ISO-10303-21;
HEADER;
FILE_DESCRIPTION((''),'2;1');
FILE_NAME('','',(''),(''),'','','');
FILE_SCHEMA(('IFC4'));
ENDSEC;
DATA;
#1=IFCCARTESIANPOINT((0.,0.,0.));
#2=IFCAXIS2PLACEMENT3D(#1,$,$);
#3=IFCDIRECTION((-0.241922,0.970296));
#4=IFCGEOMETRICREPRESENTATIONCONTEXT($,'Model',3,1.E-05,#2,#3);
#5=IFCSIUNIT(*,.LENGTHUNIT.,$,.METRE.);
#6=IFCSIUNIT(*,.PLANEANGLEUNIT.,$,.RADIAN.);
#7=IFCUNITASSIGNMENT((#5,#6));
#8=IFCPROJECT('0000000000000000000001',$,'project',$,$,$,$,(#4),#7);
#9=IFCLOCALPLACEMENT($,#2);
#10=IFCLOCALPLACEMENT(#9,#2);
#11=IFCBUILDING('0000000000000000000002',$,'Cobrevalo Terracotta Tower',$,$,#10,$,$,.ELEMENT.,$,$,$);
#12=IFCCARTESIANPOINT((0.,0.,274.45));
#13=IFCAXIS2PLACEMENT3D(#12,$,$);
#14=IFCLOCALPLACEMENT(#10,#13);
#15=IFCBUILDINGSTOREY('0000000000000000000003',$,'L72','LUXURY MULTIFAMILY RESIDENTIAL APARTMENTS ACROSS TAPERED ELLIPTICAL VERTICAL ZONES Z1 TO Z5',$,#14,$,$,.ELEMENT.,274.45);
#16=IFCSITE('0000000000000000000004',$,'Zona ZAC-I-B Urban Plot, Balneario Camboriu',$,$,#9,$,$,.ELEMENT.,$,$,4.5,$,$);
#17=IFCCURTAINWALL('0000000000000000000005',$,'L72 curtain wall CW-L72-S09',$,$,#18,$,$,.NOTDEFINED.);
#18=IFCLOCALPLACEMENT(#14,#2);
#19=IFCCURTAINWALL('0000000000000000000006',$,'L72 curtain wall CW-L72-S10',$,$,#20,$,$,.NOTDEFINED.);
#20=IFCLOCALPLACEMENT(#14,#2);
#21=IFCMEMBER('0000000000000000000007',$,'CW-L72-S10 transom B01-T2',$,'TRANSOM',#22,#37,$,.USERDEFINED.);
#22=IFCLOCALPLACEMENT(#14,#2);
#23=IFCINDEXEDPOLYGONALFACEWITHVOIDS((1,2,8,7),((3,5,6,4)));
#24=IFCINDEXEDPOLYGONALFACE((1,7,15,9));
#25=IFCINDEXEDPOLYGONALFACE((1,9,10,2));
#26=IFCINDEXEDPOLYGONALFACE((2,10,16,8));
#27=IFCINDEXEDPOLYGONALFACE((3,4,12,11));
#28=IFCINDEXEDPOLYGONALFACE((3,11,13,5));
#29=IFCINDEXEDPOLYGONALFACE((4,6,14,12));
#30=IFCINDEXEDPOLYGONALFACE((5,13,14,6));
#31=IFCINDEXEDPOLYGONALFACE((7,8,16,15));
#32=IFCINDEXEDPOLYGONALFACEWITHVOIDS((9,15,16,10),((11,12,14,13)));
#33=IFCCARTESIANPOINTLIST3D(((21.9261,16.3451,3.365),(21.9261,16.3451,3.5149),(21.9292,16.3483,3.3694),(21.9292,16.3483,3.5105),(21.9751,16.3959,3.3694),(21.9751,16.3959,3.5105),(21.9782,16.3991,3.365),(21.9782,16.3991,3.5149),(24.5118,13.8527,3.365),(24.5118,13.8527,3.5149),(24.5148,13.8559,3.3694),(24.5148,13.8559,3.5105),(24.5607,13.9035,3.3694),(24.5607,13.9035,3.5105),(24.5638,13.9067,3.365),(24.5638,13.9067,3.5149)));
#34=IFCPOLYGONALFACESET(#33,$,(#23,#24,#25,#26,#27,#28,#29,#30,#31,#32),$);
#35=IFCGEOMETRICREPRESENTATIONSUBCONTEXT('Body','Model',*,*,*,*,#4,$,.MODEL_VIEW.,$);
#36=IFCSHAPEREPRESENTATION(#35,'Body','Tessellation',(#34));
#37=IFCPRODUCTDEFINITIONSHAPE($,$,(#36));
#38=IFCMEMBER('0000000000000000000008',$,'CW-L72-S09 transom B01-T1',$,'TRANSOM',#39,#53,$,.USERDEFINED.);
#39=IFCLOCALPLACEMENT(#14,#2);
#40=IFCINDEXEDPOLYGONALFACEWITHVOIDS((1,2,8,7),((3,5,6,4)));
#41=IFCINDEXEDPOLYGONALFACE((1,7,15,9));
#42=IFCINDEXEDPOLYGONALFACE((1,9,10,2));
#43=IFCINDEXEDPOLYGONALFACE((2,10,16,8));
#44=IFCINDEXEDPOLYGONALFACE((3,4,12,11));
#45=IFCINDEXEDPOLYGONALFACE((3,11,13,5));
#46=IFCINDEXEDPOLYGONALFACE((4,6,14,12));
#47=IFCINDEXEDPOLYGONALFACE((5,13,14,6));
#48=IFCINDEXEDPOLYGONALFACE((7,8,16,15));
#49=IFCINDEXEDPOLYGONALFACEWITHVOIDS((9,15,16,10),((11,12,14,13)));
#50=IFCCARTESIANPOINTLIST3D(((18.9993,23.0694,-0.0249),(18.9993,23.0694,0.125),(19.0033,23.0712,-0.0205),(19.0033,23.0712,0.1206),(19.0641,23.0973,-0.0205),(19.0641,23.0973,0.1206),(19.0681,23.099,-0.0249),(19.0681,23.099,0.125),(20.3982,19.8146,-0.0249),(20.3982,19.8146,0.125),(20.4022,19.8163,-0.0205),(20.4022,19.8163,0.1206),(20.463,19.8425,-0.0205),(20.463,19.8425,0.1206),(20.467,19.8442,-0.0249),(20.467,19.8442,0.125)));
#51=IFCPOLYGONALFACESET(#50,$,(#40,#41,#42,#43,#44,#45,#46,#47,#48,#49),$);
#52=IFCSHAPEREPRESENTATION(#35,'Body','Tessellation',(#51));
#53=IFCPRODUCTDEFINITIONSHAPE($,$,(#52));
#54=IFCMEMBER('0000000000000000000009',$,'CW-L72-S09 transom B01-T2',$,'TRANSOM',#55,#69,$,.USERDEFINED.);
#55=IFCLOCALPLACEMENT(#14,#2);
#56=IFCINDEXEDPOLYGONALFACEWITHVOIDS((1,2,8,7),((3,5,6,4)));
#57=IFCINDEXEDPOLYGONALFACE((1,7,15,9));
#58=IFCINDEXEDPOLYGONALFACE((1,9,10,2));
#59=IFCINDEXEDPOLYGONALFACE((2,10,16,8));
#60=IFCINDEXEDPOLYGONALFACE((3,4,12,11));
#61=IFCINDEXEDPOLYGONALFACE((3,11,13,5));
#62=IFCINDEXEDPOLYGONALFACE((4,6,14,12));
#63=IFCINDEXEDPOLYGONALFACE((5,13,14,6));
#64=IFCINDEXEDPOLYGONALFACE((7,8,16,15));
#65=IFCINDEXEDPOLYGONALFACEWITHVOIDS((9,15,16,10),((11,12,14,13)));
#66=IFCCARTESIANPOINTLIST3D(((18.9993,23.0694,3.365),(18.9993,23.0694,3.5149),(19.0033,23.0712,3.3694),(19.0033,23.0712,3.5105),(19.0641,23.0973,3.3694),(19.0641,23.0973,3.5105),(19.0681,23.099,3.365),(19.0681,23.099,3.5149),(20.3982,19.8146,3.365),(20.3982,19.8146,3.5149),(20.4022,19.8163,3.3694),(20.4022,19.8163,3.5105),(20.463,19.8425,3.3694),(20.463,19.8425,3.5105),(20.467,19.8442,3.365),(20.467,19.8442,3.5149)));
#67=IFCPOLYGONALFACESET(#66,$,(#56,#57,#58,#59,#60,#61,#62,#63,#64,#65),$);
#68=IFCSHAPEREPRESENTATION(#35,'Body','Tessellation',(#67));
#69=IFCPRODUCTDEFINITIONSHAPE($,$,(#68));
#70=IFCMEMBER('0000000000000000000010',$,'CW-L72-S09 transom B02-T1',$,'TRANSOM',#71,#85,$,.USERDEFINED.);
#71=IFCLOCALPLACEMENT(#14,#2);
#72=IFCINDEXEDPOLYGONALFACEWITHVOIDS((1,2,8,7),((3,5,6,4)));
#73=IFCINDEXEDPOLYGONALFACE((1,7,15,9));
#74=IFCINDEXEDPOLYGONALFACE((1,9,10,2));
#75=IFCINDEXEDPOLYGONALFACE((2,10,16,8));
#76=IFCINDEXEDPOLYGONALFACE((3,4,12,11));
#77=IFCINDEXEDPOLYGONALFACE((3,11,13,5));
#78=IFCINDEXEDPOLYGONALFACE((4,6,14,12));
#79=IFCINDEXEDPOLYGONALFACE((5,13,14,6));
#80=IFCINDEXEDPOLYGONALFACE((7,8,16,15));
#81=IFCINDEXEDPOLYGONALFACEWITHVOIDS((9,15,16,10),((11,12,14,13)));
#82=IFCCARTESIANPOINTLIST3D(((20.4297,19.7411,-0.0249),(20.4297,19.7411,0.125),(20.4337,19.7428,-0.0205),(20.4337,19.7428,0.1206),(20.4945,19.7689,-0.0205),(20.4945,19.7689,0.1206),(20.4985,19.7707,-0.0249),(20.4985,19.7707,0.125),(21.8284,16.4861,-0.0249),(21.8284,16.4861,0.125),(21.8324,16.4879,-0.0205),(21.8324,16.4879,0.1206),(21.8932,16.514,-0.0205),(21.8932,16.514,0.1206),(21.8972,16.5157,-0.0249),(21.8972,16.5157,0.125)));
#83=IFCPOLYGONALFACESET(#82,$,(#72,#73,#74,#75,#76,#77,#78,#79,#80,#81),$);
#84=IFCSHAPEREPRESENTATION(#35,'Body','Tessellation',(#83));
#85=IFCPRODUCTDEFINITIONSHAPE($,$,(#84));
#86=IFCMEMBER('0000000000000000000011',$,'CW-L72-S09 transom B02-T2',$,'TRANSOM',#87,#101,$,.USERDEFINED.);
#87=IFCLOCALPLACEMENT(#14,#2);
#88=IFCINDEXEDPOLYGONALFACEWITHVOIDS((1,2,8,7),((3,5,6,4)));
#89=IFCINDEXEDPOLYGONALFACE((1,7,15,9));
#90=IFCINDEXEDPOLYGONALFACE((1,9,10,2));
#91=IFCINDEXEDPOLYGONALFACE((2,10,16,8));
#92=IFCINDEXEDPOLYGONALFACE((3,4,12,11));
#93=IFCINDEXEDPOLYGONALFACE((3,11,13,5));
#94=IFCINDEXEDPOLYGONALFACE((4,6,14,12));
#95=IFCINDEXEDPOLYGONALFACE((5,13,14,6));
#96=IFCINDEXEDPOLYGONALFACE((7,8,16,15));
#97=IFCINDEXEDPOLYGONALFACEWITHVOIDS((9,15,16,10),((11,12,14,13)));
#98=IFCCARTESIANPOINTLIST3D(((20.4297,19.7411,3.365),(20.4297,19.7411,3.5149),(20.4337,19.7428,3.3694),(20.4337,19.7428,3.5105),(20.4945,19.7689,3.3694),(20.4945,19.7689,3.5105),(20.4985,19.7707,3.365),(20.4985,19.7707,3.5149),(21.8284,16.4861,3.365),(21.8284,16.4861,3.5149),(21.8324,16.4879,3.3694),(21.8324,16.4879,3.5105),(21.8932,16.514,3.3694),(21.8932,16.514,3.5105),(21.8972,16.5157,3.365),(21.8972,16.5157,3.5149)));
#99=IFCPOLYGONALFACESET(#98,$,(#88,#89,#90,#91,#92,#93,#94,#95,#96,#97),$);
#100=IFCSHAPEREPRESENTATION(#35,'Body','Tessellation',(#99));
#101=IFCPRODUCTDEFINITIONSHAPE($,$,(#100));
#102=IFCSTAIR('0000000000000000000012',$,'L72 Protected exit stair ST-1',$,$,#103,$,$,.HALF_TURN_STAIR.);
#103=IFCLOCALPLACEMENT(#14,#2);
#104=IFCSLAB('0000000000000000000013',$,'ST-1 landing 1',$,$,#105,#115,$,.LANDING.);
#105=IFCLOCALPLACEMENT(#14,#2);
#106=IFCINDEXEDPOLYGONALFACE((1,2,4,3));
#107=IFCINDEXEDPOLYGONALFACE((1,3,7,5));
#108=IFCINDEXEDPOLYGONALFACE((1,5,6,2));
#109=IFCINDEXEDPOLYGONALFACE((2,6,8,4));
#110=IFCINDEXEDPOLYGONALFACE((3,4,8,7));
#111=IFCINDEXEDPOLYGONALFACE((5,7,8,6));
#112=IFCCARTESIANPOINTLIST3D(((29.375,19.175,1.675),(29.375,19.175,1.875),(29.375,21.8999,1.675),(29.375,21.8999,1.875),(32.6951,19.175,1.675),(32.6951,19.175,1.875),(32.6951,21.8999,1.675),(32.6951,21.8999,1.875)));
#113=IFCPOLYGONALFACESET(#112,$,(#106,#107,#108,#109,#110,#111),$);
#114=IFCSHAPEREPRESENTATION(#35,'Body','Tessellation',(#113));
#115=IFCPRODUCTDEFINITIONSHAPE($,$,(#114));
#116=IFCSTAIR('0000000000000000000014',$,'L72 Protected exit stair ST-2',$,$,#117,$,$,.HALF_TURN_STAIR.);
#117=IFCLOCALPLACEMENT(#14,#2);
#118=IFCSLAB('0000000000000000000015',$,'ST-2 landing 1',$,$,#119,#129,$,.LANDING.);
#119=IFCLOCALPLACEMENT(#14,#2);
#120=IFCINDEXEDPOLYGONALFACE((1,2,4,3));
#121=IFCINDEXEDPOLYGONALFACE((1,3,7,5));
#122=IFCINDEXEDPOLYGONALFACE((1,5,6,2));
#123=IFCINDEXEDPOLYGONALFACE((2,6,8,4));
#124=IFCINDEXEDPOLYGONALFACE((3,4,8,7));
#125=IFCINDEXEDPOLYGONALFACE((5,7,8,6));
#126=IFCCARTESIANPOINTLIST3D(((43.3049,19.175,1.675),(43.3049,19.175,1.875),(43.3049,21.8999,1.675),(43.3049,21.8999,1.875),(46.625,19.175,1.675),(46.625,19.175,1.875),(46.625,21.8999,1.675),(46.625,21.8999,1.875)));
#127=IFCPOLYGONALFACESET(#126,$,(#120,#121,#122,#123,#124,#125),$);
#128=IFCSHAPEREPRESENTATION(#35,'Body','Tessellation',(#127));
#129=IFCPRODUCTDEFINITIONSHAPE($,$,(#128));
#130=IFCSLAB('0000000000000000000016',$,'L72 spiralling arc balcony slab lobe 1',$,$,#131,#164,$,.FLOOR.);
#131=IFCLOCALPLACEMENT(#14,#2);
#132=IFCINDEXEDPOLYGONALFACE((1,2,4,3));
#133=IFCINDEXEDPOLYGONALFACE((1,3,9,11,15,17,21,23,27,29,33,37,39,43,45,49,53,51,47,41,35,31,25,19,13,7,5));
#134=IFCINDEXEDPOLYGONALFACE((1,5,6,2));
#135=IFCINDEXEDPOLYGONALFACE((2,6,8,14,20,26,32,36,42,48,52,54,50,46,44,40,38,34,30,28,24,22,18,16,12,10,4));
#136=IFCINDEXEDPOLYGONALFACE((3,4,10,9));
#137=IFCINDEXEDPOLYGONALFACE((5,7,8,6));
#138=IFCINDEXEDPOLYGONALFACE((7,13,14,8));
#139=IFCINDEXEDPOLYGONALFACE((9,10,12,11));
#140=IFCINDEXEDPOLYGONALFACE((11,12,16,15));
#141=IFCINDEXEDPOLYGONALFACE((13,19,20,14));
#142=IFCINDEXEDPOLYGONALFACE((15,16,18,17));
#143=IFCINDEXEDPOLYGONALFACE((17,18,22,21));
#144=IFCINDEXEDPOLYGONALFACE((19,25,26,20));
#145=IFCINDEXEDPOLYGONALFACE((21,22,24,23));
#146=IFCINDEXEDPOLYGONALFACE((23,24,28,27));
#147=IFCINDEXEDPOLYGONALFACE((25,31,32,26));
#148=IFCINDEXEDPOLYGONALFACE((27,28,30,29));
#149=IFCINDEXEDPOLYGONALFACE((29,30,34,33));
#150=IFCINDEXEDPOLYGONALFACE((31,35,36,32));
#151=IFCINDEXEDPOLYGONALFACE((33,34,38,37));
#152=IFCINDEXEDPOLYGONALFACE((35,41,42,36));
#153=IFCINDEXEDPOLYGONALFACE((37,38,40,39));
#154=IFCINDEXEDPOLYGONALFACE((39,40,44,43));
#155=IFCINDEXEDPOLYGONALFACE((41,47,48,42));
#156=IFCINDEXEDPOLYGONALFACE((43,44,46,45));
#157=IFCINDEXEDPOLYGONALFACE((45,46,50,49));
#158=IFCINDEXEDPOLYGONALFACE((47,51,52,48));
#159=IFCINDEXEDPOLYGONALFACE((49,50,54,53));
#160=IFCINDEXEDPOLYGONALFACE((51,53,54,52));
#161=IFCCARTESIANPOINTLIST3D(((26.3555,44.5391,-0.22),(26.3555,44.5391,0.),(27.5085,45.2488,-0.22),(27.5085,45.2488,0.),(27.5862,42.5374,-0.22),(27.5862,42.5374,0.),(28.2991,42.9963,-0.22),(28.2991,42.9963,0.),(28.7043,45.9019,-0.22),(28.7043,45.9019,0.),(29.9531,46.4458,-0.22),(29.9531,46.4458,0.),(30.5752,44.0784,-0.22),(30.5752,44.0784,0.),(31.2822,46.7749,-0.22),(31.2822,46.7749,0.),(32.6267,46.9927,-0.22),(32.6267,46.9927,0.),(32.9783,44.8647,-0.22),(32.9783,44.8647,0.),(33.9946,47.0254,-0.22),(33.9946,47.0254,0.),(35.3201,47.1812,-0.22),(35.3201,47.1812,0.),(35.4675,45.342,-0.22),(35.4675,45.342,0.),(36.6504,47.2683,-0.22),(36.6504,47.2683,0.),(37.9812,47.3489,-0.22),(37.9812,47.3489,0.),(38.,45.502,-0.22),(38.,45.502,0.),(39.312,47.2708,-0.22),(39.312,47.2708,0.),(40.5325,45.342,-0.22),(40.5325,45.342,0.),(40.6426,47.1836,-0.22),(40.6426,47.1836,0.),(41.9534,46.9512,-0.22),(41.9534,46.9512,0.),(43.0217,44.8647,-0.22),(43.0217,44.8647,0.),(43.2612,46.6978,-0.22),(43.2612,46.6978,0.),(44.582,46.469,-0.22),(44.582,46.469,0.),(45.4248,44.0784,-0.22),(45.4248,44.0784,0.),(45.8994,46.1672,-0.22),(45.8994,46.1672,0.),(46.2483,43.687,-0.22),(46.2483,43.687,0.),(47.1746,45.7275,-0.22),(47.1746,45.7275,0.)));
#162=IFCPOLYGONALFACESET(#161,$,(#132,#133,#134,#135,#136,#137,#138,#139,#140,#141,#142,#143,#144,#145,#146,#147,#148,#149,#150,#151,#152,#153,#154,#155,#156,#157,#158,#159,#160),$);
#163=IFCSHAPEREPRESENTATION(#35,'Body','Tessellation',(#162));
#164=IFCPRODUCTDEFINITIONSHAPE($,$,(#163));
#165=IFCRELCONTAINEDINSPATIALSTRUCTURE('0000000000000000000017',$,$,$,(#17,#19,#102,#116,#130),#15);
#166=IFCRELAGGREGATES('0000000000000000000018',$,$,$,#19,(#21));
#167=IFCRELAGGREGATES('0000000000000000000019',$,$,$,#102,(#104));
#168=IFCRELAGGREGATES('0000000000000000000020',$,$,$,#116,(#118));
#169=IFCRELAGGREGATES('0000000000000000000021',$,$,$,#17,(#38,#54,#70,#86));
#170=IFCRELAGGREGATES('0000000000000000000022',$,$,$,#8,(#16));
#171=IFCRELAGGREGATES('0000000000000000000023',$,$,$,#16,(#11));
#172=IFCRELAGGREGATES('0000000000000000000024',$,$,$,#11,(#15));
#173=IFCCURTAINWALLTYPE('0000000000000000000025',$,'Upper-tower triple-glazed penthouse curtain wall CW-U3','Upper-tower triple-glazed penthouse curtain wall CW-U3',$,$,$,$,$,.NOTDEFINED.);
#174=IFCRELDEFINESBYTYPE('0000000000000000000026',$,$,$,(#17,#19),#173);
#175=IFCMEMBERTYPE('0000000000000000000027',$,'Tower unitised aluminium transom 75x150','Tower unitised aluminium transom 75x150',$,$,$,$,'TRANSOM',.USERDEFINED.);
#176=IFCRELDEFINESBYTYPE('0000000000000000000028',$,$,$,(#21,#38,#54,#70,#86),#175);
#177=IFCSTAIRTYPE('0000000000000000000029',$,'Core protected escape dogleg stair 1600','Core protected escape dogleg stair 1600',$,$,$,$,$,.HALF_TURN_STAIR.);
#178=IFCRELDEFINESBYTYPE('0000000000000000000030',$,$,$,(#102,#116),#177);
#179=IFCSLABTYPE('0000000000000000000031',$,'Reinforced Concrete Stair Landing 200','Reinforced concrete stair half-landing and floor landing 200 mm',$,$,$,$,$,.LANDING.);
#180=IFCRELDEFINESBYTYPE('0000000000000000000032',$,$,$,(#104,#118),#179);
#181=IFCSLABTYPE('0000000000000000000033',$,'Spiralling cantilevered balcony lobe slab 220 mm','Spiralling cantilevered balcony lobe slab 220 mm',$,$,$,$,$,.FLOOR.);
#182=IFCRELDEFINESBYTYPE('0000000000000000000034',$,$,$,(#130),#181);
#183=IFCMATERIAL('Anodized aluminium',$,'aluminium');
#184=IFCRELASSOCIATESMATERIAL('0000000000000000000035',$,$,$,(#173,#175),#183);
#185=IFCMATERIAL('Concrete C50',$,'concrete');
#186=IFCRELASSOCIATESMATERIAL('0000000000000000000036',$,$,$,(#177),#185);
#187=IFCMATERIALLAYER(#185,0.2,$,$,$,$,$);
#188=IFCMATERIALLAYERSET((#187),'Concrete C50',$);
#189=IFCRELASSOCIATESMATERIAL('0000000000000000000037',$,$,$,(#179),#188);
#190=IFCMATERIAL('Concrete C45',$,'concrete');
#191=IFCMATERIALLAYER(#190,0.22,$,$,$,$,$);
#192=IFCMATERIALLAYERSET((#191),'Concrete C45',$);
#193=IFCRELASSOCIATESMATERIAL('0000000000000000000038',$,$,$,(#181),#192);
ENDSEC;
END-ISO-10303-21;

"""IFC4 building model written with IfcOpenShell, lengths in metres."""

from ifc_helpers import new_model, si_unit, direction, frame, origin, origin_2d, place, context, subcontext, project, spatial, polyline, hollow_rectangle, outline, extrude, source, transform, mapped, material, layer, layer_set, material_profile, profile_set, type_object, element, aggregate, save


model = new_model("IFC4")

# Units and contexts
model_context = context("Model", 3, precision=1e-05, world=origin(), true_north=direction((-0.241922, 0.970296)))
body_context = subcontext(model_context, "Body", "Model", "MODEL_VIEW")
ifc_project = project(units=[si_unit("LENGTHUNIT", "METRE"), si_unit("PLANEANGLEUNIT", "RADIAN")], contexts=[model_context])

# Site, building, storey
site_placement = place(None, origin())
site = spatial("IfcSite", under=ifc_project, at=site_placement, Name="Zona ZAC-I-B Urban Plot, Balneario Camboriu", CompositionType="ELEMENT", RefElevation=4.5)
building_placement = place(site_placement, origin())
building = spatial("IfcBuilding", under=site, at=building_placement, Name="Cobrevalo Terracotta Tower", CompositionType="ELEMENT")
storey_placement = place(building_placement, frame((0.0, 0.0, 274.45)))
storey = spatial("IfcBuildingStorey", under=building, at=storey_placement, Name="L72", Description="LUXURY MULTIFAMILY RESIDENTIAL APARTMENTS ACROSS TAPERED ELLIPTICAL VERTICAL ZONES Z1 TO Z5", CompositionType="ELEMENT", Elevation=274.45)

# Curtain walls, member
ifc_material_1 = material(Name="Anodized aluminium", Category="aluminium")
curtain_wall_type = type_object("IfcCurtainWallType", Name="Upper-tower triple-glazed penthouse curtain wall CW-U3", Description="Upper-tower triple-glazed penthouse curtain wall CW-U3", PredefinedType="NOTDEFINED", material=ifc_material_1)
curtain_wall_1_placement = place(storey_placement, origin())
curtain_wall_1 = element("IfcCurtainWall", 1, at=curtain_wall_1_placement, inside=storey, type_object=curtain_wall_type, Name="L72 curtain wall CW-L72-S09", PredefinedType="NOTDEFINED")
curtain_wall_2_placement = place(storey_placement, origin())
curtain_wall_2 = element("IfcCurtainWall", 2, at=curtain_wall_2_placement, inside=storey, type_object=curtain_wall_type, Name="L72 curtain wall CW-L72-S10", PredefinedType="NOTDEFINED")
ifc_material_profile_1 = material_profile(ifc_material_1, hollow_rectangle(XDim=0.075, YDim=0.1499, WallThickness=0.0044, at=origin_2d()), Name="CWT 75x150")
ifc_profile_set_1 = profile_set([ifc_material_profile_1], Name="Anodized aluminium")
member_type_1 = type_object("IfcMemberType", Name="Tower unitised aluminium transom 75x150", Description="Tower unitised aluminium transom 75x150", ElementType="TRANSOM", PredefinedType="USERDEFINED", material=ifc_profile_set_1)
shared_shape_1 = source(origin(), body_context, "Body", "SweptSolid", [
    extrude(hollow_rectangle(XDim=0.075, YDim=0.1499, WallThickness=0.0044, at=origin_2d()), origin(), (0.0, 0.0, 1.0), 3.5913),
])
member_1_placement = place(storey_placement, frame((21.9521, 16.3721, 3.4399), z_axis=(0.719972, -0.694003, 0.0), x_axis=(0.694003, 0.719972, 0.0)))
member_1 = element("IfcMember", 3, at=member_1_placement, type_object=member_type_1, Name="CW-L72-S10 transom B01-T2", ObjectType="TRANSOM", PredefinedType="USERDEFINED", context=body_context, shape_type="MappedRepresentation", body=[
    mapped(shared_shape_1, transform((0.0, 0.0, 0.0), scale=1.0)),
])
aggregate(curtain_wall_2, [member_1])

# Members
shared_shape_2 = source(origin(), body_context, "Body", "SweptSolid", [
    extrude(hollow_rectangle(XDim=0.075, YDim=0.1499, WallThickness=0.0044, at=origin_2d()), origin(), (0.0, 0.0, 1.0), 3.5427),
])
member_2_placement = place(storey_placement, frame((19.0337, 23.0842, 0.05), z_axis=(0.394867, -0.918738, 0.0), x_axis=(0.918738, 0.394867, 0.0)))
member_2 = element("IfcMember", 4, at=member_2_placement, type_object=member_type_1, Name="CW-L72-S09 transom B01-T1", ObjectType="TRANSOM", PredefinedType="USERDEFINED", context=body_context, shape_type="MappedRepresentation", body=[
    mapped(shared_shape_2, transform((0.0, 0.0, 0.0), scale=1.0)),
])
member_3_placement = place(storey_placement, frame((19.0337, 23.0842, 3.4399), z_axis=(0.394867, -0.918738, 0.0), x_axis=(0.918738, 0.394867, 0.0)))
member_3 = element("IfcMember", 5, at=member_3_placement, type_object=member_type_1, Name="CW-L72-S09 transom B01-T2", ObjectType="TRANSOM", PredefinedType="USERDEFINED", context=body_context, shape_type="MappedRepresentation", body=[
    mapped(shared_shape_2, transform((0.0, 0.0, 0.0), scale=1.0)),
])
member_4_placement = place(storey_placement, frame((20.4641, 19.7559, 0.05), z_axis=(0.394809, -0.918763, 0.0), x_axis=(0.918763, 0.394809, 0.0)))
member_4 = element("IfcMember", 6, at=member_4_placement, type_object=member_type_1, Name="CW-L72-S09 transom B02-T1", ObjectType="TRANSOM", PredefinedType="USERDEFINED", context=body_context, shape_type="MappedRepresentation", body=[
    mapped(shared_shape_2, transform((0.0, 0.0, 0.0), scale=1.0)),
])
member_5_placement = place(storey_placement, frame((20.4641, 19.7559, 3.4399), z_axis=(0.394809, -0.918763, 0.0), x_axis=(0.918763, 0.394809, 0.0)))
member_5 = element("IfcMember", 7, at=member_5_placement, type_object=member_type_1, Name="CW-L72-S09 transom B02-T2", ObjectType="TRANSOM", PredefinedType="USERDEFINED", context=body_context, shape_type="MappedRepresentation", body=[
    mapped(shared_shape_2, transform((0.0, 0.0, 0.0), scale=1.0)),
])

# Stairs, slabs
ifc_material_2 = material(Name="Concrete C50", Category="concrete")
stair_type = type_object("IfcStairType", Name="Core protected escape dogleg stair 1600", Description="Core protected escape dogleg stair 1600", PredefinedType="HALF_TURN_STAIR", material=ifc_material_2)
stair_1_placement = place(storey_placement, origin())
stair_1 = element("IfcStair", 8, at=stair_1_placement, inside=storey, type_object=stair_type, Name="L72 Protected exit stair ST-1", PredefinedType="HALF_TURN_STAIR")
ifc_layer_1 = layer(ifc_material_2, 0.2)
ifc_layer_set_1 = layer_set([ifc_layer_1], Name="Concrete C50")
slab_type_1 = type_object("IfcSlabType", Name="Reinforced Concrete Stair Landing 200", Description="Reinforced concrete stair half-landing and floor landing 200 mm", PredefinedType="LANDING", material=ifc_layer_set_1)
slab_1_placement = place(storey_placement, frame((0.0, 0.0, 1.675)))
slab_1 = element("IfcSlab", 9, at=slab_1_placement, type_object=slab_type_1, Name="ST-1 landing 1", PredefinedType="LANDING", context=body_context, shape_type="SweptSolid", body=[
    extrude(outline(polyline([(29.375, 21.8999), (29.375, 19.175), (32.6951, 19.175), (32.6951, 21.8999), (29.375, 21.8999)])), origin(), (0.0, 0.0, 1.0), 0.2),
])
aggregate(stair_1, [slab_1])
stair_2_placement = place(storey_placement, origin())
stair_2 = element("IfcStair", 10, at=stair_2_placement, inside=storey, type_object=stair_type, Name="L72 Protected exit stair ST-2", PredefinedType="HALF_TURN_STAIR")
slab_2_placement = place(storey_placement, frame((0.0, 0.0, 1.675)))
slab_2 = element("IfcSlab", 11, at=slab_2_placement, type_object=slab_type_1, Name="ST-2 landing 1", PredefinedType="LANDING", context=body_context, shape_type="SweptSolid", body=[
    extrude(outline(polyline([(43.3049, 21.8999), (43.3049, 19.175), (46.625, 19.175), (46.625, 21.8999), (43.3049, 21.8999)])), origin(), (0.0, 0.0, 1.0), 0.2),
])
aggregate(stair_2, [slab_2])

# Slab
ifc_material_3 = material(Name="Concrete C45", Category="concrete")
ifc_layer_2 = layer(ifc_material_3, 0.22)
ifc_layer_set_2 = layer_set([ifc_layer_2], Name="Concrete C45")
slab_type_2 = type_object("IfcSlabType", Name="Spiralling cantilevered balcony lobe slab 220 mm", Description="Spiralling cantilevered balcony lobe slab 220 mm", PredefinedType="FLOOR", material=ifc_layer_set_2)
slab_3_placement = place(storey_placement, frame((0.0, 0.0, -0.22)))
element("IfcSlab", 12, at=slab_3_placement, inside=storey, type_object=slab_type_2, Name="L72 spiralling arc balcony slab lobe 1", PredefinedType="FLOOR", context=body_context, shape_type="SweptSolid", body=[
    extrude(outline(polyline([(47.1746, 45.7275), (45.8994, 46.1672), (44.582, 46.469), (43.2612, 46.6978), (41.9534, 46.9512), (40.6426, 47.1836), (39.312, 47.2708), (37.9812, 47.3489), (36.6504, 47.2683), (35.3201, 47.1812), (33.9946, 47.0254), (32.6267, 46.9927), (31.2822, 46.7749), (29.9531, 46.4458), (28.7043, 45.9019), (27.5085, 45.2488), (26.3555, 44.5391), (27.5862, 42.5374), (28.2991, 42.9963), (30.5752, 44.0784), (32.9783, 44.8647), (35.4675, 45.342), (38.0, 45.502), (40.5325, 45.342), (43.0217, 44.8647), (45.4248, 44.0784), (46.2483, 43.687), (47.1746, 45.7275)])), origin(), (0.0, 0.0, 1.0), 0.22),
])

aggregate(curtain_wall_1, [member_2, member_3, member_4, member_5])

save(model, "model.ifc")
